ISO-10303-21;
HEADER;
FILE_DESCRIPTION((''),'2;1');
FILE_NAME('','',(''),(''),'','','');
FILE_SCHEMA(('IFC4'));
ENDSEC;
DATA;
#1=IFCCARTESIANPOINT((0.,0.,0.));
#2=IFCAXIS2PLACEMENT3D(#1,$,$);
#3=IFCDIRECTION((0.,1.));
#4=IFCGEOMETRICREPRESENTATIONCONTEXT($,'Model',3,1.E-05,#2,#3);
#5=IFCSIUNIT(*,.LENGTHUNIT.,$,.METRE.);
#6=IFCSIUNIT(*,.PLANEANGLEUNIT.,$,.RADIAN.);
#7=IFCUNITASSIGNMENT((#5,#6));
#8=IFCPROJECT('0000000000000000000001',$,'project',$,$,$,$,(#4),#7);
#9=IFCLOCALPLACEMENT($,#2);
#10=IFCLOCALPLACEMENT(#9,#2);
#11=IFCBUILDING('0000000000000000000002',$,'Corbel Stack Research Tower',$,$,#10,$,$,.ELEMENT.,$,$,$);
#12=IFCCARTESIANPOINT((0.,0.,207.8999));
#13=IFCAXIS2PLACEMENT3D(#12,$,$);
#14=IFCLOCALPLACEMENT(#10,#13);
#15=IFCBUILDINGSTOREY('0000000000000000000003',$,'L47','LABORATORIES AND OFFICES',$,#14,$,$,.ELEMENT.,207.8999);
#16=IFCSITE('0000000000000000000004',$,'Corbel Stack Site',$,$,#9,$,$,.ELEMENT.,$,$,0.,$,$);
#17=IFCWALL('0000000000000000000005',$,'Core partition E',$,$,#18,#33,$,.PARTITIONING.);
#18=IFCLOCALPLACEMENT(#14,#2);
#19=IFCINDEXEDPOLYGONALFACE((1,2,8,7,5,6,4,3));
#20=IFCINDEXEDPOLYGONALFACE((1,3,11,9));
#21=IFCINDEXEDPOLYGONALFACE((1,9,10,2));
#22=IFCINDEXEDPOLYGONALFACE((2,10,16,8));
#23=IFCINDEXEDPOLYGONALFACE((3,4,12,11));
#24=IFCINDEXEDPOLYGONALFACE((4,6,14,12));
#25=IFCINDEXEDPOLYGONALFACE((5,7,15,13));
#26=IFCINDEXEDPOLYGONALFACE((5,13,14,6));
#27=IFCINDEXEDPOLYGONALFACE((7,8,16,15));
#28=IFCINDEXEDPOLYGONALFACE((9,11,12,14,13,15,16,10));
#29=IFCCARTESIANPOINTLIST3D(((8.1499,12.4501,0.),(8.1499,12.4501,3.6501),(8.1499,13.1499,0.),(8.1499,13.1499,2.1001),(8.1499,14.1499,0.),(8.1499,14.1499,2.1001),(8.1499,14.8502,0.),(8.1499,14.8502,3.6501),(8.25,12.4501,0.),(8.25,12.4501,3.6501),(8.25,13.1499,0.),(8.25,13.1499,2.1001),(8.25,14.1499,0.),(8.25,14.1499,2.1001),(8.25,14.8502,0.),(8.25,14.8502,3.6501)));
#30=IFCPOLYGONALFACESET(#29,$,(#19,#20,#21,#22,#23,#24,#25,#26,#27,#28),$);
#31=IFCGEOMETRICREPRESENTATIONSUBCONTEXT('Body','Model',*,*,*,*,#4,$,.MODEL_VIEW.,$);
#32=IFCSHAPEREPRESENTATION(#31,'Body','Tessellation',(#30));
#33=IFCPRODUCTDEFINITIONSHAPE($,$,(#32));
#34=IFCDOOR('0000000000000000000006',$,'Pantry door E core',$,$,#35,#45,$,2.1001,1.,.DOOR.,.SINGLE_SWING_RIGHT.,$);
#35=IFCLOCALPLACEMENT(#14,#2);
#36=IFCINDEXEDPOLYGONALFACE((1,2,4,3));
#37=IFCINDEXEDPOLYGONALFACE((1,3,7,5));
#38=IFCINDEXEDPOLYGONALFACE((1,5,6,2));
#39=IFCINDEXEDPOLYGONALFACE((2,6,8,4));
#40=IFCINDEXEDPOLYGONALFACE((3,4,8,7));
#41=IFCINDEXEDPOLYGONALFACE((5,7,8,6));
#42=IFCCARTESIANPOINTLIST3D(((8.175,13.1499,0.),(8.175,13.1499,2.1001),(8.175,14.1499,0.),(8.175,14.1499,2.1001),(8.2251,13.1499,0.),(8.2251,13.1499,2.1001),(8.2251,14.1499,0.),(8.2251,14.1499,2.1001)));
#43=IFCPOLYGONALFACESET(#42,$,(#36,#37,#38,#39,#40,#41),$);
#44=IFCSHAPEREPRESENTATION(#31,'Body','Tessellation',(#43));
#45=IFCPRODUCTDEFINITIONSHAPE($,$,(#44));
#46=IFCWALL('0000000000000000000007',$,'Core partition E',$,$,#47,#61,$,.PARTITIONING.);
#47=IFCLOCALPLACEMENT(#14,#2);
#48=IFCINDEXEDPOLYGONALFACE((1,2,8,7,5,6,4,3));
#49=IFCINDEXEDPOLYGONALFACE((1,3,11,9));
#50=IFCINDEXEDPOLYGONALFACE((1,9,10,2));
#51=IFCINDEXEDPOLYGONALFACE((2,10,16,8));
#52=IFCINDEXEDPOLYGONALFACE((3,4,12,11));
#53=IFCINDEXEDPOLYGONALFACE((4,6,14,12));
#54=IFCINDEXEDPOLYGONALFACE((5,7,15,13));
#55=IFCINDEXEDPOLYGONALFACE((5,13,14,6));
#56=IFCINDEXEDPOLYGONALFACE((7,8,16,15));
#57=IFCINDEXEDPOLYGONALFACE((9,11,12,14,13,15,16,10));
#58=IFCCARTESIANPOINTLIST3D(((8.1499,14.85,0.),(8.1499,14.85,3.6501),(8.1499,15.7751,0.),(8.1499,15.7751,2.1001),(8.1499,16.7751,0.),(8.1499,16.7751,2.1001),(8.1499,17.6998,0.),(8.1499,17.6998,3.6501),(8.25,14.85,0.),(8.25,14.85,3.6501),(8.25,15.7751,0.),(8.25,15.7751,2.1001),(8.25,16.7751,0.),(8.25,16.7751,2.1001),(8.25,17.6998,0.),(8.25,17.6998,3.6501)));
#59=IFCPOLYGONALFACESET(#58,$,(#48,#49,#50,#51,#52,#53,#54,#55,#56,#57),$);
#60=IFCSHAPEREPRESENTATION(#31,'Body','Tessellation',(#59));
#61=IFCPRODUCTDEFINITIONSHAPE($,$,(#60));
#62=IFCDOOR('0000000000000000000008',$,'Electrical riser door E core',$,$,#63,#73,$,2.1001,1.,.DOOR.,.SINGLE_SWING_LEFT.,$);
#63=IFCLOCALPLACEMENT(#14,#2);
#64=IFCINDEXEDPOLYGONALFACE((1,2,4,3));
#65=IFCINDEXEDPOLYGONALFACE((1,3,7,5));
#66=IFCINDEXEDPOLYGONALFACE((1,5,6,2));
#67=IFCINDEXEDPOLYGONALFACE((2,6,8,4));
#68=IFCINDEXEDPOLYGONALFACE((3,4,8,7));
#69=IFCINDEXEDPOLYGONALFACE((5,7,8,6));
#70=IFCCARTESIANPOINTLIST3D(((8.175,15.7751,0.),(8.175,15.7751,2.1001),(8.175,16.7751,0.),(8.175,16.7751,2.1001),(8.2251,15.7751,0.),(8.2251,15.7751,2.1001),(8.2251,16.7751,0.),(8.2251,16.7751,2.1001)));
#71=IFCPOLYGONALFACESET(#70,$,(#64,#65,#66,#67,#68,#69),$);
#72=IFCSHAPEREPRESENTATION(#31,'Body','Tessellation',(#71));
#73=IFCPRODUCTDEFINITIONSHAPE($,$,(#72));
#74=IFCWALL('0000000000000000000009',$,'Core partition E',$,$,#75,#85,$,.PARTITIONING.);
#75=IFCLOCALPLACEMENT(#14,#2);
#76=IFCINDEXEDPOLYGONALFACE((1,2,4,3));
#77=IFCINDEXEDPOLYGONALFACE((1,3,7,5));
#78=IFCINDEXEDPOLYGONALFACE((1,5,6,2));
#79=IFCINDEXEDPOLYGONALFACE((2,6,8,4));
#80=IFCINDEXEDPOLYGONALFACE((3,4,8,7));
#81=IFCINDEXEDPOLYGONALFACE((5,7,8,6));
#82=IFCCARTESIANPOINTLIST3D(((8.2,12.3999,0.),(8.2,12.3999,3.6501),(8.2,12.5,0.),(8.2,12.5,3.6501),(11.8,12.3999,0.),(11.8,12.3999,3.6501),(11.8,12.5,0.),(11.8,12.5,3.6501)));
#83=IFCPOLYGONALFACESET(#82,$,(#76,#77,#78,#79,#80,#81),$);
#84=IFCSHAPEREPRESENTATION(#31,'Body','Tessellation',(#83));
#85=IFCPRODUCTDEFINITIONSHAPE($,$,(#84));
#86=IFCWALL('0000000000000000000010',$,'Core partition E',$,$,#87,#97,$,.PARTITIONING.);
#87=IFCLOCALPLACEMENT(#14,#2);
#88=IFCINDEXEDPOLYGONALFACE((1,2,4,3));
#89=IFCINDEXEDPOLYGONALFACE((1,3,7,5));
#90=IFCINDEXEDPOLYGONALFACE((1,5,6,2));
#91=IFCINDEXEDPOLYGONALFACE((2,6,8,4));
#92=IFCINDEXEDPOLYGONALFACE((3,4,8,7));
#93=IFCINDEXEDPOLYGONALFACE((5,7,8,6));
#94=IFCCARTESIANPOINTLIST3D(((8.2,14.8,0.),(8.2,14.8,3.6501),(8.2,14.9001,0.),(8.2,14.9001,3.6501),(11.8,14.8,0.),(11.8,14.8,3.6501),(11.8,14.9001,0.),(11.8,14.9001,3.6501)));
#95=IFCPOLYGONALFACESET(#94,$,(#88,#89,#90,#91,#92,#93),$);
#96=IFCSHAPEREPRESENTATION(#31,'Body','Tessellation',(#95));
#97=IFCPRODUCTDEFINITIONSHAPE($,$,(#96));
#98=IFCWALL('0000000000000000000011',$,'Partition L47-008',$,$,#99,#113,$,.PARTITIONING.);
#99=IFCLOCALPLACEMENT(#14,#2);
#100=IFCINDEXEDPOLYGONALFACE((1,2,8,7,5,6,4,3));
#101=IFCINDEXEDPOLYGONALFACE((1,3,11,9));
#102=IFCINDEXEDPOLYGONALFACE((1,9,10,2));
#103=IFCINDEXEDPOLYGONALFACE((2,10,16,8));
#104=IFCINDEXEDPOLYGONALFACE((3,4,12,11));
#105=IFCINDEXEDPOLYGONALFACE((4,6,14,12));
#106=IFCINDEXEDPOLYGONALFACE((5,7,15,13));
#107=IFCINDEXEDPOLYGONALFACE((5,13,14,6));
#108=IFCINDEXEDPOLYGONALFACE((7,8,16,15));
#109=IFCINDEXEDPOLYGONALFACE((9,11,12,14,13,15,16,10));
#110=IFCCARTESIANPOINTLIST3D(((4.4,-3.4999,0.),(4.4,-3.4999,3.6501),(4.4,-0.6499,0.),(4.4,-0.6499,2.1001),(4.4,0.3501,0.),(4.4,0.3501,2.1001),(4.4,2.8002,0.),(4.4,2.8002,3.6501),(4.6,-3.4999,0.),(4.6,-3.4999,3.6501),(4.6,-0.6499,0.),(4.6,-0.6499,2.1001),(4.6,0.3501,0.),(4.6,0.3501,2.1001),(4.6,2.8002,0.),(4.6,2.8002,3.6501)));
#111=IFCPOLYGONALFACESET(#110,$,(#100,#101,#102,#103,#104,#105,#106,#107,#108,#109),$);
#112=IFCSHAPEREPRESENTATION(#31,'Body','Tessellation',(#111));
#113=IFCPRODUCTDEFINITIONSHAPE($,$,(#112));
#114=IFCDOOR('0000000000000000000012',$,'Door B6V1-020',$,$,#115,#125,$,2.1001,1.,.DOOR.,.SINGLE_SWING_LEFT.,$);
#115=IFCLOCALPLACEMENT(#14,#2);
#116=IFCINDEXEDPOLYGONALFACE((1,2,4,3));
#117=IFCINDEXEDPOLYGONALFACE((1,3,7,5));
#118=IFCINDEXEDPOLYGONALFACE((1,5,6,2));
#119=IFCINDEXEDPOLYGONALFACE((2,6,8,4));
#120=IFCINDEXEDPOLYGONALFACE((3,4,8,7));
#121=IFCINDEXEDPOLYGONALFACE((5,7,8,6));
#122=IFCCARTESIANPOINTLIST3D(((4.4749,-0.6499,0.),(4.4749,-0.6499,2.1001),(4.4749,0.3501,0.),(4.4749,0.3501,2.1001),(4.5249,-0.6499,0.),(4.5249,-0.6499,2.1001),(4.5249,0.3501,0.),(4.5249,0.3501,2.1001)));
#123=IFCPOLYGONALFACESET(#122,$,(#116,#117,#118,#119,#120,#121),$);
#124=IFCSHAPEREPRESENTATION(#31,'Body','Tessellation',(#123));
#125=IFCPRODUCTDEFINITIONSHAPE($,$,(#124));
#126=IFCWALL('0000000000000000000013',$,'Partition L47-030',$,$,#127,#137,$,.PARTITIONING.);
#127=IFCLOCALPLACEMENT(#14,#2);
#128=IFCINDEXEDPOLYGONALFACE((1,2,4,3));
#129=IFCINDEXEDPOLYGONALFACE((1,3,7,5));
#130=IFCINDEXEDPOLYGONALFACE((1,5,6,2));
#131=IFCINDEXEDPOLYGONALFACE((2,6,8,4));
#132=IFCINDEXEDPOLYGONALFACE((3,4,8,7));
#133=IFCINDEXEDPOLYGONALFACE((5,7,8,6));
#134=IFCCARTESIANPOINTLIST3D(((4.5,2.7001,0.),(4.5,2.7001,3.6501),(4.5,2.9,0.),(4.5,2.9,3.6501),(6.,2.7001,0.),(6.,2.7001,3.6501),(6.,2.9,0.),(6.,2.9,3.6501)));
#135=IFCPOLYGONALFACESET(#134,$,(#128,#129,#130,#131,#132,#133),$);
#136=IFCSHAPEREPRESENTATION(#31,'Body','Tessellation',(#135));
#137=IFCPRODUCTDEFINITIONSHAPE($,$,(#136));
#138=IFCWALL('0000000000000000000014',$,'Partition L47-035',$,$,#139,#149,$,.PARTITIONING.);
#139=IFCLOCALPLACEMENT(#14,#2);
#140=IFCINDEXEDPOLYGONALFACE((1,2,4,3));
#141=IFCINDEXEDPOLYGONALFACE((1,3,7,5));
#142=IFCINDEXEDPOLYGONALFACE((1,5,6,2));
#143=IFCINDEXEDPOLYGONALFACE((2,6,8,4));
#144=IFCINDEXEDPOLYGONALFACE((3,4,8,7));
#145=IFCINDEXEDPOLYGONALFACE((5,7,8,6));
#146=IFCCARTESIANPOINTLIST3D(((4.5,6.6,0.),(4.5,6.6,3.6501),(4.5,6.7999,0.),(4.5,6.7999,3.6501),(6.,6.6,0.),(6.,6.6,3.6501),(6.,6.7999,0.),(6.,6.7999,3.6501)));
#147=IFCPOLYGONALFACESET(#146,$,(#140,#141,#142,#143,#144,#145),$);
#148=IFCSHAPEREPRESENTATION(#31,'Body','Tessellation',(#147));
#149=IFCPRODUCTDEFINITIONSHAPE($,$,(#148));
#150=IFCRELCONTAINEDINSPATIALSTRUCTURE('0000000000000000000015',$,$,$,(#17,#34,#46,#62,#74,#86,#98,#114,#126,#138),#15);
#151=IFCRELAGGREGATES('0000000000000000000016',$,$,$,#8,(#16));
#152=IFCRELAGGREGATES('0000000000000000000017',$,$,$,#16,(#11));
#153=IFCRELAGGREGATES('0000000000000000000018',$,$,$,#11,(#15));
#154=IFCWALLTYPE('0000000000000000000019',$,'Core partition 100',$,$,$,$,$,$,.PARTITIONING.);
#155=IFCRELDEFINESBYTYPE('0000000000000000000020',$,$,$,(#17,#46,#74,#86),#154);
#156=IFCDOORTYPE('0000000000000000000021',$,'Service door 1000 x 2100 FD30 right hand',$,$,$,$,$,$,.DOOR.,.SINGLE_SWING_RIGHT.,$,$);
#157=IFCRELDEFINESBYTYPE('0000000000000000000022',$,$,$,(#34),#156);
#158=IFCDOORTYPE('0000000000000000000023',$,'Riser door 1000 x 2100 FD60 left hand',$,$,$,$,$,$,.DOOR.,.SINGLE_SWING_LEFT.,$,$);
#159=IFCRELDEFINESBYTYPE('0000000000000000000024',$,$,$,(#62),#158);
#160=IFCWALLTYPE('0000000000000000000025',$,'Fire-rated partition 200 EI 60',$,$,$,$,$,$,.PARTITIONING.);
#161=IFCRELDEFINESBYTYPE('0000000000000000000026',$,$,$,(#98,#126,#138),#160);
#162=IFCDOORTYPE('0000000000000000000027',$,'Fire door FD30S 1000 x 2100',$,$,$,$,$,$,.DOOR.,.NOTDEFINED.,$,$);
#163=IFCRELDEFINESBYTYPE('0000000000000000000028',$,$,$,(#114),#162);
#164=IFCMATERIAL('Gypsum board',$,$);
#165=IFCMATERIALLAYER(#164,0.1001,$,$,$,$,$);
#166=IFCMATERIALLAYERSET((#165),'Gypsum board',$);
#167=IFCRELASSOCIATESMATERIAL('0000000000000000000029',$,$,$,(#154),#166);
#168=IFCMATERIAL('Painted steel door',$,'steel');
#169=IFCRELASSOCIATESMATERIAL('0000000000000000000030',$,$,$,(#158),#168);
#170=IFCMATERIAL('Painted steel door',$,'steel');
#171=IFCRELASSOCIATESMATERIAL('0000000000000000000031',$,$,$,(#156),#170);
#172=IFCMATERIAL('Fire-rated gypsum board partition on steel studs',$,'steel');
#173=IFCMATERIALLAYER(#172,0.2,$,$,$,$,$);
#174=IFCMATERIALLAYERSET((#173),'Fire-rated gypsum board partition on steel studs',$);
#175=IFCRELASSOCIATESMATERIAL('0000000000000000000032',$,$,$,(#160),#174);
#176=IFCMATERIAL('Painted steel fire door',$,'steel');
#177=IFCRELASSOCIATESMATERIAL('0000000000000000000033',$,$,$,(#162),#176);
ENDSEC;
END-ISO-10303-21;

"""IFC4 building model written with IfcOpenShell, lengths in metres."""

from ifc_helpers import new_model, si_unit, direction, frame, frame_2d, origin, place, context, subcontext, project, spatial, rectangle, extrude, material, layer, layer_set, type_object, element, fill, save


model = new_model("IFC4")

# Units and contexts
model_context = context("Model", 3, precision=1e-05, world=origin(), true_north=direction((0.0, 1.0)))
body_context = subcontext(model_context, "Body", "Model", "MODEL_VIEW")
ifc_project = project(units=[si_unit("LENGTHUNIT", "METRE"), si_unit("PLANEANGLEUNIT", "RADIAN")], contexts=[model_context])

# Site, building, storey
site_placement = place(None, origin())
site = spatial("IfcSite", under=ifc_project, at=site_placement, Name="Corbel Stack Site", CompositionType="ELEMENT", RefElevation=0.0)
building_placement = place(site_placement, origin())
building = spatial("IfcBuilding", under=site, at=building_placement, Name="Corbel Stack Research Tower", CompositionType="ELEMENT")
storey_placement = place(building_placement, frame((0.0, 0.0, 207.8999)))
storey = spatial("IfcBuildingStorey", under=building, at=storey_placement, Name="L47", Description="LABORATORIES AND OFFICES", CompositionType="ELEMENT", Elevation=207.8999)

# Walls, openings, doors
ifc_material_1 = material(Name="Gypsum board")
ifc_layer_1 = layer(ifc_material_1, 0.1001)
ifc_layer_set_1 = layer_set([ifc_layer_1], Name="Gypsum board")
wall_type_1 = type_object("IfcWallType", Name="Core partition 100", PredefinedType="PARTITIONING", material=ifc_layer_set_1)
ifc_material_2 = material(Name="Painted steel door", Category="steel")
door_type_1 = type_object("IfcDoorType", Name="Riser door 1000 x 2100 FD60 left hand", OperationType="SINGLE_SWING_LEFT", PredefinedType="DOOR", material=ifc_material_2)
wall_1_placement = place(storey_placement, frame((8.2, 12.45, 0.0), z_axis=(0.0, 0.0, 1.0), x_axis=(0.0, 1.0, 0.0)))
wall_1 = element("IfcWall", 1, at=wall_1_placement, inside=storey, type_object=wall_type_1, Name="Core partition E", PredefinedType="PARTITIONING", context=body_context, shape_type="SweptSolid", body=[
    extrude(rectangle(XDim=2.4001, YDim=0.1001, at=frame_2d((1.2002, 0.0))), origin(), (0.0, 0.0, 1.0), 3.6501),
])
opening_1_placement = place(wall_1_placement, frame((0.7, 0.0, 0.0)))
opening_1 = element("IfcOpeningElement", 2, at=opening_1_placement, cuts=wall_1, PredefinedType="OPENING", context=body_context, shape_type="SweptSolid", body=[
    extrude(rectangle(XDim=1.0, YDim=2.1001, at=frame_2d((0.5, 1.05))), frame((0.0, 0.0601, 0.0), z_axis=(0.0, -1.0, 0.0), x_axis=(1.0, 0.0, 0.0)), (0.0, 0.0, 1.0), 0.1201),
])
ifc_material_3 = material(Name="Painted steel door", Category="steel")
door_type_2 = type_object("IfcDoorType", Name="Service door 1000 x 2100 FD30 right hand", OperationType="SINGLE_SWING_RIGHT", PredefinedType="DOOR", material=ifc_material_3)
door_1_placement = place(opening_1_placement, origin())
door_1 = element("IfcDoor", 3, at=door_1_placement, inside=storey, type_object=door_type_2, Name="Pantry door E core", OperationType="SINGLE_SWING_RIGHT", OverallHeight=2.1001, OverallWidth=1.0, PredefinedType="DOOR", context=body_context, shape_type="SweptSolid", body=[
    extrude(rectangle(XDim=1.0, YDim=2.1001, at=frame_2d((0.5, 1.05))), frame((0.0, 0.0249, 0.0), z_axis=(0.0, -1.0, 0.0), x_axis=(1.0, 0.0, 0.0)), (0.0, 0.0, 1.0), 0.05),
])
fill(opening_1, door_1)
wall_2_placement = place(storey_placement, frame((8.2, 14.8501, 0.0), z_axis=(0.0, 0.0, 1.0), x_axis=(0.0, 1.0, 0.0)))
wall_2 = element("IfcWall", 4, at=wall_2_placement, inside=storey, type_object=wall_type_1, Name="Core partition E", PredefinedType="PARTITIONING", context=body_context, shape_type="SweptSolid", body=[
    extrude(rectangle(XDim=2.8499, YDim=0.1001, at=frame_2d((1.4248, 0.0))), origin(), (0.0, 0.0, 1.0), 3.6501),
])
opening_2_placement = place(wall_2_placement, frame((0.925, 0.0, 0.0)))
opening_2 = element("IfcOpeningElement", 5, at=opening_2_placement, cuts=wall_2, PredefinedType="OPENING", context=body_context, shape_type="SweptSolid", body=[
    extrude(rectangle(XDim=1.0, YDim=2.1001, at=frame_2d((0.5, 1.05))), frame((0.0, 0.0601, 0.0), z_axis=(0.0, -1.0, 0.0), x_axis=(1.0, 0.0, 0.0)), (0.0, 0.0, 1.0), 0.1201),
])
door_2_placement = place(opening_2_placement, origin())
door_2 = element("IfcDoor", 6, at=door_2_placement, inside=storey, type_object=door_type_1, Name="Electrical riser door E core", OperationType="SINGLE_SWING_LEFT", OverallHeight=2.1001, OverallWidth=1.0, PredefinedType="DOOR", context=body_context, shape_type="SweptSolid", body=[
    extrude(rectangle(XDim=1.0, YDim=2.1001, at=frame_2d((0.5, 1.05))), frame((0.0, 0.0249, 0.0), z_axis=(0.0, -1.0, 0.0), x_axis=(1.0, 0.0, 0.0)), (0.0, 0.0, 1.0), 0.05),
])
fill(opening_2, door_2)

# Walls
for number, where, z_axis, x_axis, name in (
    (7, (8.2, 12.45, 0.0), (0.0, 0.0, 1.0), (1.0, 0.0, 0.0), "Core partition E"),
    (8, (8.2, 14.8501, 0.0), (0.0, 0.0, 1.0), (1.0, 0.0, 0.0), "Core partition E"),
):
    element("IfcWall", number, at=place(storey_placement, frame(where, z_axis=z_axis, x_axis=x_axis)), inside=storey, type_object=wall_type_1, Name=name, PredefinedType="PARTITIONING", context=body_context, shape_type="SweptSolid", body=[
        extrude(rectangle(XDim=3.6001, YDim=0.1001, at=frame_2d((1.8, 0.0))), origin(), (0.0, 0.0, 1.0), 3.6501),
    ])

# Wall, opening, door
ifc_material_4 = material(Name="Fire-rated gypsum board partition on steel studs", Category="steel")
ifc_layer_2 = layer(ifc_material_4, 0.2)
ifc_layer_set_2 = layer_set([ifc_layer_2], Name="Fire-rated gypsum board partition on steel studs")
wall_type_2 = type_object("IfcWallType", Name="Fire-rated partition 200 EI 60", PredefinedType="PARTITIONING", material=ifc_layer_set_2)
wall_3_placement = place(storey_placement, frame((4.5, 2.8, 0.0), z_axis=(0.0, 0.0, 1.0), x_axis=(0.0, -1.0, 0.0)))
wall_3 = element("IfcWall", 9, at=wall_3_placement, inside=storey, type_object=wall_type_2, Name="Partition L47-008", PredefinedType="PARTITIONING", context=body_context, shape_type="SweptSolid", body=[
    extrude(rectangle(XDim=6.3, YDim=0.2, at=frame_2d((3.1499, 0.0))), origin(), (0.0, 0.0, 1.0), 3.6501),
])
opening_3_placement = place(wall_3_placement, frame((2.45, 0.0, 0.0)))
opening_3 = element("IfcOpeningElement", 10, at=opening_3_placement, cuts=wall_3, PredefinedType="OPENING", context=body_context, shape_type="SweptSolid", body=[
    extrude(rectangle(XDim=1.0, YDim=2.1001, at=frame_2d((0.5, 1.05))), frame((0.0, 0.1099, 0.0), z_axis=(0.0, -1.0, 0.0), x_axis=(1.0, 0.0, 0.0)), (0.0, 0.0, 1.0), 0.22),
])
ifc_material_5 = material(Name="Painted steel fire door", Category="steel")
door_type_3 = type_object("IfcDoorType", Name="Fire door FD30S 1000 x 2100", OperationType="NOTDEFINED", PredefinedType="DOOR", material=ifc_material_5)
door_3_placement = place(opening_3_placement, origin())
door_3 = element("IfcDoor", 11, at=door_3_placement, inside=storey, type_object=door_type_3, Name="Door B6V1-020", OperationType="SINGLE_SWING_LEFT", OverallHeight=2.1001, OverallWidth=1.0, PredefinedType="DOOR", context=body_context, shape_type="SweptSolid", body=[
    extrude(rectangle(XDim=1.0, YDim=2.1001, at=frame_2d((0.5, 1.05))), frame((0.0, 0.0249, 0.0), z_axis=(0.0, -1.0, 0.0), x_axis=(1.0, 0.0, 0.0)), (0.0, 0.0, 1.0), 0.05),
])
fill(opening_3, door_3)

# Walls
for number, where, z_axis, x_axis, name in (
    (12, (4.5, 2.8, 0.0), (0.0, 0.0, 1.0), (1.0, 0.0, 0.0), "Partition L47-030"),
    (13, (4.5, 6.7, 0.0), (0.0, 0.0, 1.0), (1.0, 0.0, 0.0), "Partition L47-035"),
):
    element("IfcWall", number, at=place(storey_placement, frame(where, z_axis=z_axis, x_axis=x_axis)), inside=storey, type_object=wall_type_2, Name=name, PredefinedType="PARTITIONING", context=body_context, shape_type="SweptSolid", body=[
        extrude(rectangle(XDim=1.5, YDim=0.2, at=frame_2d((0.75, 0.0))), origin(), (0.0, 0.0, 1.0), 3.6501),
    ])

save(model, "model.ifc")
